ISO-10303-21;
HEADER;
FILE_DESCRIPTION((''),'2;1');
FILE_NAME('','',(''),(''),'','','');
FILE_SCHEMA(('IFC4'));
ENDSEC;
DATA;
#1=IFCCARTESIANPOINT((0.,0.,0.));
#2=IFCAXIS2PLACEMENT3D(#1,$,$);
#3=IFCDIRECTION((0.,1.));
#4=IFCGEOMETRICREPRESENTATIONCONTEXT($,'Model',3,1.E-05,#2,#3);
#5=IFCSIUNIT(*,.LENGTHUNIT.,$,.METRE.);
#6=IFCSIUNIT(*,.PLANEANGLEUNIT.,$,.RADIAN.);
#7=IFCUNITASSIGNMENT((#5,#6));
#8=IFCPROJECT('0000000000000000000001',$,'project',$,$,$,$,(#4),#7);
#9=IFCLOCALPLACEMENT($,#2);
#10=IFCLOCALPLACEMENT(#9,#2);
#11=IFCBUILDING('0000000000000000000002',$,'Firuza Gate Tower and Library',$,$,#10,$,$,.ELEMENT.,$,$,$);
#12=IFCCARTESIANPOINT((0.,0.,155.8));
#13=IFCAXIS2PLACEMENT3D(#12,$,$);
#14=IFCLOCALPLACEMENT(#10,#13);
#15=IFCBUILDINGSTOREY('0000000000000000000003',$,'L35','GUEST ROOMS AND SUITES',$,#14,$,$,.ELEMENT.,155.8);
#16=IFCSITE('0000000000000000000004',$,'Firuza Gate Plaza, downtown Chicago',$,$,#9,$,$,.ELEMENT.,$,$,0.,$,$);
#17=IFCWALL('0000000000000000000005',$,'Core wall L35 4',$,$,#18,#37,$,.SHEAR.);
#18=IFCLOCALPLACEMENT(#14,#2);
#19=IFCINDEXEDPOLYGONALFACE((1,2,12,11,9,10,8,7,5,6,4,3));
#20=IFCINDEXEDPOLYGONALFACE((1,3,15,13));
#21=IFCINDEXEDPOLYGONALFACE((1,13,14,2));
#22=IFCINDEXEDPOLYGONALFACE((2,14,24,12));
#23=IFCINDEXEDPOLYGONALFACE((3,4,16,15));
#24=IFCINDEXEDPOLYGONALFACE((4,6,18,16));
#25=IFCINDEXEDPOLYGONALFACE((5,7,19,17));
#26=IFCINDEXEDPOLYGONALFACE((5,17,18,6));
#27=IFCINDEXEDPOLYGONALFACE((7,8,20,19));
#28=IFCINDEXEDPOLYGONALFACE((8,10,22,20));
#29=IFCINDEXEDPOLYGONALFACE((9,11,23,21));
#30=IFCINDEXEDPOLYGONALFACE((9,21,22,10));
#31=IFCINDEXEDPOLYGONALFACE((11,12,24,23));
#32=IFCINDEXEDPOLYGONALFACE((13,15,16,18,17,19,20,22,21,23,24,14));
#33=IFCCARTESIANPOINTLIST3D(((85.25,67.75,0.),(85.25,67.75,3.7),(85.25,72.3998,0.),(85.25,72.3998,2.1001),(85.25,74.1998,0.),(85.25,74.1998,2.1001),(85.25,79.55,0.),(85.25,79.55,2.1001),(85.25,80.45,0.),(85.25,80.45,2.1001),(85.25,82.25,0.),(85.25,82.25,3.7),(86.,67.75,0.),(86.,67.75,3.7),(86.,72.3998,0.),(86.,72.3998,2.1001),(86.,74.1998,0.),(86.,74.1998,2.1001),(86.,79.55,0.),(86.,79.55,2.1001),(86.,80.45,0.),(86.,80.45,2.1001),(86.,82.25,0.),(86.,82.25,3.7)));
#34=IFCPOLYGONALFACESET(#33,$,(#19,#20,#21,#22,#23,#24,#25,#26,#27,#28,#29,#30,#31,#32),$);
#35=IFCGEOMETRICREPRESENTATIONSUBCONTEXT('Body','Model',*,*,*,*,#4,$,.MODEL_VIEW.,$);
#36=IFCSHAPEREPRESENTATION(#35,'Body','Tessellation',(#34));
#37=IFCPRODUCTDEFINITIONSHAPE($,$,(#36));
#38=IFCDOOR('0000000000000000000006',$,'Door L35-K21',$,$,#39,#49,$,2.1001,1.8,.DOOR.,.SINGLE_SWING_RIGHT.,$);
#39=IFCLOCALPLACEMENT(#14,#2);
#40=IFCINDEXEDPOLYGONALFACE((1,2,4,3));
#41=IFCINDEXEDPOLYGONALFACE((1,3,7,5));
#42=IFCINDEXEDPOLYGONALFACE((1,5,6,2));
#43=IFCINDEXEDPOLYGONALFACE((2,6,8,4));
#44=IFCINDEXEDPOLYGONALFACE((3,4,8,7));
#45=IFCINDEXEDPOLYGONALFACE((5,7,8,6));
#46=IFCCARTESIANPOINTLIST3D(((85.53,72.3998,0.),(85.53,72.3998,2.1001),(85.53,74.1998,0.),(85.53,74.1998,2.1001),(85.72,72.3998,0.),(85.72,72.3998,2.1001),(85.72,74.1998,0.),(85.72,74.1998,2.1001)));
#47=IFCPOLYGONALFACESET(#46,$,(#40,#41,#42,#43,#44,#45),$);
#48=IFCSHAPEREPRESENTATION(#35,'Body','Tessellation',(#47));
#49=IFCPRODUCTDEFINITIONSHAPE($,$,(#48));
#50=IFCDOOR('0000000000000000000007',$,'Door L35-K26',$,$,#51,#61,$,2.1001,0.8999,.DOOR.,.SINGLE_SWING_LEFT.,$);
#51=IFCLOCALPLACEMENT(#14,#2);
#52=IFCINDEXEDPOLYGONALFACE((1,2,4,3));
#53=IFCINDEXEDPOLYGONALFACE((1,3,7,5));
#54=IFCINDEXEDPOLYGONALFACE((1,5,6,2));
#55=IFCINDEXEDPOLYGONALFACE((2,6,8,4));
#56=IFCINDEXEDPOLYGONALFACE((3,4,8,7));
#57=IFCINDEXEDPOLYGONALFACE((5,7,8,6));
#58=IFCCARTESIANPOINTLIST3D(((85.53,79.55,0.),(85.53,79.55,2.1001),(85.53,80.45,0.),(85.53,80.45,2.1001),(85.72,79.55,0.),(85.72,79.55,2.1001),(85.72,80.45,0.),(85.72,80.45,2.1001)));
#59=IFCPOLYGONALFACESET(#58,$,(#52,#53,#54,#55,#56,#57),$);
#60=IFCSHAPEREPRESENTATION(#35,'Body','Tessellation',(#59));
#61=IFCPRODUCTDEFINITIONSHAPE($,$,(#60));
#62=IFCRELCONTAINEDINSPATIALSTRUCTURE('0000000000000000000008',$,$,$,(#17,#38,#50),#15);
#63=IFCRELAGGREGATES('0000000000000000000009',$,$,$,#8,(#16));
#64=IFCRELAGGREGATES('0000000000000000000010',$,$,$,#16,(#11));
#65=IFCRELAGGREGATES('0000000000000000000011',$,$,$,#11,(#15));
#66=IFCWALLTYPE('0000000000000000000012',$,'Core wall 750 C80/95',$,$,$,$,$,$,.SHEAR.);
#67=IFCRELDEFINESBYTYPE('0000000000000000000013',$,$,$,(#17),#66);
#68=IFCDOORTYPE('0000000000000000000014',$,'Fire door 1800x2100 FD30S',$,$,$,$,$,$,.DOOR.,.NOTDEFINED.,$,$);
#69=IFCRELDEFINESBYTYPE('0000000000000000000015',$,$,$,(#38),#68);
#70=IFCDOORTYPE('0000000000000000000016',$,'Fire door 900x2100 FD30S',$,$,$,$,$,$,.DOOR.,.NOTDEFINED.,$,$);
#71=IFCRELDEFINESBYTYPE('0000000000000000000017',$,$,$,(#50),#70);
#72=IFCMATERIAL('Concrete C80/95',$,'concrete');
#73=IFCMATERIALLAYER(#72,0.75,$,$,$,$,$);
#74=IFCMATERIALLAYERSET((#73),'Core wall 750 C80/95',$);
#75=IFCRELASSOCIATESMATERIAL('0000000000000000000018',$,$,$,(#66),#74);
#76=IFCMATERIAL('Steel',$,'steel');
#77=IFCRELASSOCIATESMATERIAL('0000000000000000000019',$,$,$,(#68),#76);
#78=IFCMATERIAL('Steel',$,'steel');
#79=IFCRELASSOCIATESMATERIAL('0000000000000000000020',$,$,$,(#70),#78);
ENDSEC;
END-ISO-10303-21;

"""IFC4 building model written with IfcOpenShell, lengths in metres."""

from ifc_helpers import new_model, si_unit, direction, frame, frame_2d, origin, place, context, subcontext, project, spatial, rectangle, extrude, material, layer, layer_set, type_object, element, fill, save


model = new_model("IFC4")

# Units and contexts
model_context = context("Model", 3, precision=1e-05, world=origin(), true_north=direction((0.0, 1.0)))
body_context = subcontext(model_context, "Body", "Model", "MODEL_VIEW")
ifc_project = project(units=[si_unit("LENGTHUNIT", "METRE"), si_unit("PLANEANGLEUNIT", "RADIAN")], contexts=[model_context])

# Site, building, storey
site_placement = place(None, origin())
site = spatial("IfcSite", under=ifc_project, at=site_placement, Name="Firuza Gate Plaza, downtown Chicago", CompositionType="ELEMENT", RefElevation=0.0)
building_placement = place(site_placement, origin())
building = spatial("IfcBuilding", under=site, at=building_placement, Name="Firuza Gate Tower and Library", CompositionType="ELEMENT")
storey_placement = place(building_placement, frame((0.0, 0.0, 155.8)))
storey = spatial("IfcBuildingStorey", under=building, at=storey_placement, Name="L35", Description="GUEST ROOMS AND SUITES", CompositionType="ELEMENT", Elevation=155.8)

# Wall, openings, doors
ifc_material_1 = material(Name="Concrete C80/95", Category="concrete")
ifc_layer_1 = layer(ifc_material_1, 0.75)
ifc_layer_set_1 = layer_set([ifc_layer_1], Name="Core wall 750 C80/95")
wall_type_1 = type_object("IfcWallType", Name="Core wall 750 C80/95", PredefinedType="SHEAR", material=ifc_layer_set_1)
wall_1_placement = place(storey_placement, frame((85.625, 67.75, 0.0), z_axis=(0.0, 0.0, 1.0), x_axis=(0.0, 1.0, 0.0)))
wall_1 = element("IfcWall", 1, at=wall_1_placement, inside=storey, type_object=wall_type_1, Name="Core wall L35 4", PredefinedType="SHEAR", context=body_context, shape_type="SweptSolid", body=[
    extrude(rectangle(XDim=14.5, YDim=0.75, at=frame_2d((7.25, 0.0))), origin(), (0.0, 0.0, 1.0), 3.7),
])
opening_1_placement = place(wall_1_placement, frame((4.6499, 0.0, 0.0)))
opening_1 = element("IfcOpeningElement", 2, at=opening_1_placement, cuts=wall_1, PredefinedType="OPENING", context=body_context, shape_type="SweptSolid", body=[
    extrude(rectangle(XDim=1.8, YDim=2.1001, at=frame_2d((0.8999, 1.05))), frame((0.0, 0.385, 0.0), z_axis=(0.0, -1.0, 0.0), x_axis=(1.0, 0.0, 0.0)), (0.0, 0.0, 1.0), 0.77),
])
opening_2_placement = place(wall_1_placement, frame((11.8, 0.0, 0.0)))
opening_2 = element("IfcOpeningElement", 3, at=opening_2_placement, cuts=wall_1, PredefinedType="OPENING", context=body_context, shape_type="SweptSolid", body=[
    extrude(rectangle(XDim=0.8999, YDim=2.1001, at=frame_2d((0.45, 1.05))), frame((0.0, 0.385, 0.0), z_axis=(0.0, -1.0, 0.0), x_axis=(1.0, 0.0, 0.0)), (0.0, 0.0, 1.0), 0.77),
])
ifc_material_2 = material(Name="Steel", Category="steel")
door_type_1 = type_object("IfcDoorType", Name="Fire door 1800x2100 FD30S", OperationType="NOTDEFINED", PredefinedType="DOOR", material=ifc_material_2)
door_1_placement = place(opening_1_placement, origin())
door_1 = element("IfcDoor", 4, at=door_1_placement, inside=storey, type_object=door_type_1, Name="Door L35-K21", OperationType="SINGLE_SWING_RIGHT", OverallHeight=2.1001, OverallWidth=1.8, PredefinedType="DOOR", context=body_context, shape_type="SweptSolid", body=[
    extrude(rectangle(XDim=1.8, YDim=2.1001, at=frame_2d((0.8999, 1.05))), frame((0.0, 0.095, 0.0), z_axis=(0.0, -1.0, 0.0), x_axis=(1.0, 0.0, 0.0)), (0.0, 0.0, 1.0), 0.1899),
])
fill(opening_1, door_1)
ifc_material_3 = material(Name="Steel", Category="steel")
door_type_2 = type_object("IfcDoorType", Name="Fire door 900x2100 FD30S", OperationType="NOTDEFINED", PredefinedType="DOOR", material=ifc_material_3)
door_2_placement = place(opening_2_placement, origin())
door_2 = element("IfcDoor", 5, at=door_2_placement, inside=storey, type_object=door_type_2, Name="Door L35-K26", OperationType="SINGLE_SWING_LEFT", OverallHeight=2.1001, OverallWidth=0.8999, PredefinedType="DOOR", context=body_context, shape_type="SweptSolid", body=[
    extrude(rectangle(XDim=0.8999, YDim=2.1001, at=frame_2d((0.45, 1.05))), frame((0.0, 0.095, 0.0), z_axis=(0.0, -1.0, 0.0), x_axis=(1.0, 0.0, 0.0)), (0.0, 0.0, 1.0), 0.1899),
])
fill(opening_2, door_2)

save(model, "model.ifc")
